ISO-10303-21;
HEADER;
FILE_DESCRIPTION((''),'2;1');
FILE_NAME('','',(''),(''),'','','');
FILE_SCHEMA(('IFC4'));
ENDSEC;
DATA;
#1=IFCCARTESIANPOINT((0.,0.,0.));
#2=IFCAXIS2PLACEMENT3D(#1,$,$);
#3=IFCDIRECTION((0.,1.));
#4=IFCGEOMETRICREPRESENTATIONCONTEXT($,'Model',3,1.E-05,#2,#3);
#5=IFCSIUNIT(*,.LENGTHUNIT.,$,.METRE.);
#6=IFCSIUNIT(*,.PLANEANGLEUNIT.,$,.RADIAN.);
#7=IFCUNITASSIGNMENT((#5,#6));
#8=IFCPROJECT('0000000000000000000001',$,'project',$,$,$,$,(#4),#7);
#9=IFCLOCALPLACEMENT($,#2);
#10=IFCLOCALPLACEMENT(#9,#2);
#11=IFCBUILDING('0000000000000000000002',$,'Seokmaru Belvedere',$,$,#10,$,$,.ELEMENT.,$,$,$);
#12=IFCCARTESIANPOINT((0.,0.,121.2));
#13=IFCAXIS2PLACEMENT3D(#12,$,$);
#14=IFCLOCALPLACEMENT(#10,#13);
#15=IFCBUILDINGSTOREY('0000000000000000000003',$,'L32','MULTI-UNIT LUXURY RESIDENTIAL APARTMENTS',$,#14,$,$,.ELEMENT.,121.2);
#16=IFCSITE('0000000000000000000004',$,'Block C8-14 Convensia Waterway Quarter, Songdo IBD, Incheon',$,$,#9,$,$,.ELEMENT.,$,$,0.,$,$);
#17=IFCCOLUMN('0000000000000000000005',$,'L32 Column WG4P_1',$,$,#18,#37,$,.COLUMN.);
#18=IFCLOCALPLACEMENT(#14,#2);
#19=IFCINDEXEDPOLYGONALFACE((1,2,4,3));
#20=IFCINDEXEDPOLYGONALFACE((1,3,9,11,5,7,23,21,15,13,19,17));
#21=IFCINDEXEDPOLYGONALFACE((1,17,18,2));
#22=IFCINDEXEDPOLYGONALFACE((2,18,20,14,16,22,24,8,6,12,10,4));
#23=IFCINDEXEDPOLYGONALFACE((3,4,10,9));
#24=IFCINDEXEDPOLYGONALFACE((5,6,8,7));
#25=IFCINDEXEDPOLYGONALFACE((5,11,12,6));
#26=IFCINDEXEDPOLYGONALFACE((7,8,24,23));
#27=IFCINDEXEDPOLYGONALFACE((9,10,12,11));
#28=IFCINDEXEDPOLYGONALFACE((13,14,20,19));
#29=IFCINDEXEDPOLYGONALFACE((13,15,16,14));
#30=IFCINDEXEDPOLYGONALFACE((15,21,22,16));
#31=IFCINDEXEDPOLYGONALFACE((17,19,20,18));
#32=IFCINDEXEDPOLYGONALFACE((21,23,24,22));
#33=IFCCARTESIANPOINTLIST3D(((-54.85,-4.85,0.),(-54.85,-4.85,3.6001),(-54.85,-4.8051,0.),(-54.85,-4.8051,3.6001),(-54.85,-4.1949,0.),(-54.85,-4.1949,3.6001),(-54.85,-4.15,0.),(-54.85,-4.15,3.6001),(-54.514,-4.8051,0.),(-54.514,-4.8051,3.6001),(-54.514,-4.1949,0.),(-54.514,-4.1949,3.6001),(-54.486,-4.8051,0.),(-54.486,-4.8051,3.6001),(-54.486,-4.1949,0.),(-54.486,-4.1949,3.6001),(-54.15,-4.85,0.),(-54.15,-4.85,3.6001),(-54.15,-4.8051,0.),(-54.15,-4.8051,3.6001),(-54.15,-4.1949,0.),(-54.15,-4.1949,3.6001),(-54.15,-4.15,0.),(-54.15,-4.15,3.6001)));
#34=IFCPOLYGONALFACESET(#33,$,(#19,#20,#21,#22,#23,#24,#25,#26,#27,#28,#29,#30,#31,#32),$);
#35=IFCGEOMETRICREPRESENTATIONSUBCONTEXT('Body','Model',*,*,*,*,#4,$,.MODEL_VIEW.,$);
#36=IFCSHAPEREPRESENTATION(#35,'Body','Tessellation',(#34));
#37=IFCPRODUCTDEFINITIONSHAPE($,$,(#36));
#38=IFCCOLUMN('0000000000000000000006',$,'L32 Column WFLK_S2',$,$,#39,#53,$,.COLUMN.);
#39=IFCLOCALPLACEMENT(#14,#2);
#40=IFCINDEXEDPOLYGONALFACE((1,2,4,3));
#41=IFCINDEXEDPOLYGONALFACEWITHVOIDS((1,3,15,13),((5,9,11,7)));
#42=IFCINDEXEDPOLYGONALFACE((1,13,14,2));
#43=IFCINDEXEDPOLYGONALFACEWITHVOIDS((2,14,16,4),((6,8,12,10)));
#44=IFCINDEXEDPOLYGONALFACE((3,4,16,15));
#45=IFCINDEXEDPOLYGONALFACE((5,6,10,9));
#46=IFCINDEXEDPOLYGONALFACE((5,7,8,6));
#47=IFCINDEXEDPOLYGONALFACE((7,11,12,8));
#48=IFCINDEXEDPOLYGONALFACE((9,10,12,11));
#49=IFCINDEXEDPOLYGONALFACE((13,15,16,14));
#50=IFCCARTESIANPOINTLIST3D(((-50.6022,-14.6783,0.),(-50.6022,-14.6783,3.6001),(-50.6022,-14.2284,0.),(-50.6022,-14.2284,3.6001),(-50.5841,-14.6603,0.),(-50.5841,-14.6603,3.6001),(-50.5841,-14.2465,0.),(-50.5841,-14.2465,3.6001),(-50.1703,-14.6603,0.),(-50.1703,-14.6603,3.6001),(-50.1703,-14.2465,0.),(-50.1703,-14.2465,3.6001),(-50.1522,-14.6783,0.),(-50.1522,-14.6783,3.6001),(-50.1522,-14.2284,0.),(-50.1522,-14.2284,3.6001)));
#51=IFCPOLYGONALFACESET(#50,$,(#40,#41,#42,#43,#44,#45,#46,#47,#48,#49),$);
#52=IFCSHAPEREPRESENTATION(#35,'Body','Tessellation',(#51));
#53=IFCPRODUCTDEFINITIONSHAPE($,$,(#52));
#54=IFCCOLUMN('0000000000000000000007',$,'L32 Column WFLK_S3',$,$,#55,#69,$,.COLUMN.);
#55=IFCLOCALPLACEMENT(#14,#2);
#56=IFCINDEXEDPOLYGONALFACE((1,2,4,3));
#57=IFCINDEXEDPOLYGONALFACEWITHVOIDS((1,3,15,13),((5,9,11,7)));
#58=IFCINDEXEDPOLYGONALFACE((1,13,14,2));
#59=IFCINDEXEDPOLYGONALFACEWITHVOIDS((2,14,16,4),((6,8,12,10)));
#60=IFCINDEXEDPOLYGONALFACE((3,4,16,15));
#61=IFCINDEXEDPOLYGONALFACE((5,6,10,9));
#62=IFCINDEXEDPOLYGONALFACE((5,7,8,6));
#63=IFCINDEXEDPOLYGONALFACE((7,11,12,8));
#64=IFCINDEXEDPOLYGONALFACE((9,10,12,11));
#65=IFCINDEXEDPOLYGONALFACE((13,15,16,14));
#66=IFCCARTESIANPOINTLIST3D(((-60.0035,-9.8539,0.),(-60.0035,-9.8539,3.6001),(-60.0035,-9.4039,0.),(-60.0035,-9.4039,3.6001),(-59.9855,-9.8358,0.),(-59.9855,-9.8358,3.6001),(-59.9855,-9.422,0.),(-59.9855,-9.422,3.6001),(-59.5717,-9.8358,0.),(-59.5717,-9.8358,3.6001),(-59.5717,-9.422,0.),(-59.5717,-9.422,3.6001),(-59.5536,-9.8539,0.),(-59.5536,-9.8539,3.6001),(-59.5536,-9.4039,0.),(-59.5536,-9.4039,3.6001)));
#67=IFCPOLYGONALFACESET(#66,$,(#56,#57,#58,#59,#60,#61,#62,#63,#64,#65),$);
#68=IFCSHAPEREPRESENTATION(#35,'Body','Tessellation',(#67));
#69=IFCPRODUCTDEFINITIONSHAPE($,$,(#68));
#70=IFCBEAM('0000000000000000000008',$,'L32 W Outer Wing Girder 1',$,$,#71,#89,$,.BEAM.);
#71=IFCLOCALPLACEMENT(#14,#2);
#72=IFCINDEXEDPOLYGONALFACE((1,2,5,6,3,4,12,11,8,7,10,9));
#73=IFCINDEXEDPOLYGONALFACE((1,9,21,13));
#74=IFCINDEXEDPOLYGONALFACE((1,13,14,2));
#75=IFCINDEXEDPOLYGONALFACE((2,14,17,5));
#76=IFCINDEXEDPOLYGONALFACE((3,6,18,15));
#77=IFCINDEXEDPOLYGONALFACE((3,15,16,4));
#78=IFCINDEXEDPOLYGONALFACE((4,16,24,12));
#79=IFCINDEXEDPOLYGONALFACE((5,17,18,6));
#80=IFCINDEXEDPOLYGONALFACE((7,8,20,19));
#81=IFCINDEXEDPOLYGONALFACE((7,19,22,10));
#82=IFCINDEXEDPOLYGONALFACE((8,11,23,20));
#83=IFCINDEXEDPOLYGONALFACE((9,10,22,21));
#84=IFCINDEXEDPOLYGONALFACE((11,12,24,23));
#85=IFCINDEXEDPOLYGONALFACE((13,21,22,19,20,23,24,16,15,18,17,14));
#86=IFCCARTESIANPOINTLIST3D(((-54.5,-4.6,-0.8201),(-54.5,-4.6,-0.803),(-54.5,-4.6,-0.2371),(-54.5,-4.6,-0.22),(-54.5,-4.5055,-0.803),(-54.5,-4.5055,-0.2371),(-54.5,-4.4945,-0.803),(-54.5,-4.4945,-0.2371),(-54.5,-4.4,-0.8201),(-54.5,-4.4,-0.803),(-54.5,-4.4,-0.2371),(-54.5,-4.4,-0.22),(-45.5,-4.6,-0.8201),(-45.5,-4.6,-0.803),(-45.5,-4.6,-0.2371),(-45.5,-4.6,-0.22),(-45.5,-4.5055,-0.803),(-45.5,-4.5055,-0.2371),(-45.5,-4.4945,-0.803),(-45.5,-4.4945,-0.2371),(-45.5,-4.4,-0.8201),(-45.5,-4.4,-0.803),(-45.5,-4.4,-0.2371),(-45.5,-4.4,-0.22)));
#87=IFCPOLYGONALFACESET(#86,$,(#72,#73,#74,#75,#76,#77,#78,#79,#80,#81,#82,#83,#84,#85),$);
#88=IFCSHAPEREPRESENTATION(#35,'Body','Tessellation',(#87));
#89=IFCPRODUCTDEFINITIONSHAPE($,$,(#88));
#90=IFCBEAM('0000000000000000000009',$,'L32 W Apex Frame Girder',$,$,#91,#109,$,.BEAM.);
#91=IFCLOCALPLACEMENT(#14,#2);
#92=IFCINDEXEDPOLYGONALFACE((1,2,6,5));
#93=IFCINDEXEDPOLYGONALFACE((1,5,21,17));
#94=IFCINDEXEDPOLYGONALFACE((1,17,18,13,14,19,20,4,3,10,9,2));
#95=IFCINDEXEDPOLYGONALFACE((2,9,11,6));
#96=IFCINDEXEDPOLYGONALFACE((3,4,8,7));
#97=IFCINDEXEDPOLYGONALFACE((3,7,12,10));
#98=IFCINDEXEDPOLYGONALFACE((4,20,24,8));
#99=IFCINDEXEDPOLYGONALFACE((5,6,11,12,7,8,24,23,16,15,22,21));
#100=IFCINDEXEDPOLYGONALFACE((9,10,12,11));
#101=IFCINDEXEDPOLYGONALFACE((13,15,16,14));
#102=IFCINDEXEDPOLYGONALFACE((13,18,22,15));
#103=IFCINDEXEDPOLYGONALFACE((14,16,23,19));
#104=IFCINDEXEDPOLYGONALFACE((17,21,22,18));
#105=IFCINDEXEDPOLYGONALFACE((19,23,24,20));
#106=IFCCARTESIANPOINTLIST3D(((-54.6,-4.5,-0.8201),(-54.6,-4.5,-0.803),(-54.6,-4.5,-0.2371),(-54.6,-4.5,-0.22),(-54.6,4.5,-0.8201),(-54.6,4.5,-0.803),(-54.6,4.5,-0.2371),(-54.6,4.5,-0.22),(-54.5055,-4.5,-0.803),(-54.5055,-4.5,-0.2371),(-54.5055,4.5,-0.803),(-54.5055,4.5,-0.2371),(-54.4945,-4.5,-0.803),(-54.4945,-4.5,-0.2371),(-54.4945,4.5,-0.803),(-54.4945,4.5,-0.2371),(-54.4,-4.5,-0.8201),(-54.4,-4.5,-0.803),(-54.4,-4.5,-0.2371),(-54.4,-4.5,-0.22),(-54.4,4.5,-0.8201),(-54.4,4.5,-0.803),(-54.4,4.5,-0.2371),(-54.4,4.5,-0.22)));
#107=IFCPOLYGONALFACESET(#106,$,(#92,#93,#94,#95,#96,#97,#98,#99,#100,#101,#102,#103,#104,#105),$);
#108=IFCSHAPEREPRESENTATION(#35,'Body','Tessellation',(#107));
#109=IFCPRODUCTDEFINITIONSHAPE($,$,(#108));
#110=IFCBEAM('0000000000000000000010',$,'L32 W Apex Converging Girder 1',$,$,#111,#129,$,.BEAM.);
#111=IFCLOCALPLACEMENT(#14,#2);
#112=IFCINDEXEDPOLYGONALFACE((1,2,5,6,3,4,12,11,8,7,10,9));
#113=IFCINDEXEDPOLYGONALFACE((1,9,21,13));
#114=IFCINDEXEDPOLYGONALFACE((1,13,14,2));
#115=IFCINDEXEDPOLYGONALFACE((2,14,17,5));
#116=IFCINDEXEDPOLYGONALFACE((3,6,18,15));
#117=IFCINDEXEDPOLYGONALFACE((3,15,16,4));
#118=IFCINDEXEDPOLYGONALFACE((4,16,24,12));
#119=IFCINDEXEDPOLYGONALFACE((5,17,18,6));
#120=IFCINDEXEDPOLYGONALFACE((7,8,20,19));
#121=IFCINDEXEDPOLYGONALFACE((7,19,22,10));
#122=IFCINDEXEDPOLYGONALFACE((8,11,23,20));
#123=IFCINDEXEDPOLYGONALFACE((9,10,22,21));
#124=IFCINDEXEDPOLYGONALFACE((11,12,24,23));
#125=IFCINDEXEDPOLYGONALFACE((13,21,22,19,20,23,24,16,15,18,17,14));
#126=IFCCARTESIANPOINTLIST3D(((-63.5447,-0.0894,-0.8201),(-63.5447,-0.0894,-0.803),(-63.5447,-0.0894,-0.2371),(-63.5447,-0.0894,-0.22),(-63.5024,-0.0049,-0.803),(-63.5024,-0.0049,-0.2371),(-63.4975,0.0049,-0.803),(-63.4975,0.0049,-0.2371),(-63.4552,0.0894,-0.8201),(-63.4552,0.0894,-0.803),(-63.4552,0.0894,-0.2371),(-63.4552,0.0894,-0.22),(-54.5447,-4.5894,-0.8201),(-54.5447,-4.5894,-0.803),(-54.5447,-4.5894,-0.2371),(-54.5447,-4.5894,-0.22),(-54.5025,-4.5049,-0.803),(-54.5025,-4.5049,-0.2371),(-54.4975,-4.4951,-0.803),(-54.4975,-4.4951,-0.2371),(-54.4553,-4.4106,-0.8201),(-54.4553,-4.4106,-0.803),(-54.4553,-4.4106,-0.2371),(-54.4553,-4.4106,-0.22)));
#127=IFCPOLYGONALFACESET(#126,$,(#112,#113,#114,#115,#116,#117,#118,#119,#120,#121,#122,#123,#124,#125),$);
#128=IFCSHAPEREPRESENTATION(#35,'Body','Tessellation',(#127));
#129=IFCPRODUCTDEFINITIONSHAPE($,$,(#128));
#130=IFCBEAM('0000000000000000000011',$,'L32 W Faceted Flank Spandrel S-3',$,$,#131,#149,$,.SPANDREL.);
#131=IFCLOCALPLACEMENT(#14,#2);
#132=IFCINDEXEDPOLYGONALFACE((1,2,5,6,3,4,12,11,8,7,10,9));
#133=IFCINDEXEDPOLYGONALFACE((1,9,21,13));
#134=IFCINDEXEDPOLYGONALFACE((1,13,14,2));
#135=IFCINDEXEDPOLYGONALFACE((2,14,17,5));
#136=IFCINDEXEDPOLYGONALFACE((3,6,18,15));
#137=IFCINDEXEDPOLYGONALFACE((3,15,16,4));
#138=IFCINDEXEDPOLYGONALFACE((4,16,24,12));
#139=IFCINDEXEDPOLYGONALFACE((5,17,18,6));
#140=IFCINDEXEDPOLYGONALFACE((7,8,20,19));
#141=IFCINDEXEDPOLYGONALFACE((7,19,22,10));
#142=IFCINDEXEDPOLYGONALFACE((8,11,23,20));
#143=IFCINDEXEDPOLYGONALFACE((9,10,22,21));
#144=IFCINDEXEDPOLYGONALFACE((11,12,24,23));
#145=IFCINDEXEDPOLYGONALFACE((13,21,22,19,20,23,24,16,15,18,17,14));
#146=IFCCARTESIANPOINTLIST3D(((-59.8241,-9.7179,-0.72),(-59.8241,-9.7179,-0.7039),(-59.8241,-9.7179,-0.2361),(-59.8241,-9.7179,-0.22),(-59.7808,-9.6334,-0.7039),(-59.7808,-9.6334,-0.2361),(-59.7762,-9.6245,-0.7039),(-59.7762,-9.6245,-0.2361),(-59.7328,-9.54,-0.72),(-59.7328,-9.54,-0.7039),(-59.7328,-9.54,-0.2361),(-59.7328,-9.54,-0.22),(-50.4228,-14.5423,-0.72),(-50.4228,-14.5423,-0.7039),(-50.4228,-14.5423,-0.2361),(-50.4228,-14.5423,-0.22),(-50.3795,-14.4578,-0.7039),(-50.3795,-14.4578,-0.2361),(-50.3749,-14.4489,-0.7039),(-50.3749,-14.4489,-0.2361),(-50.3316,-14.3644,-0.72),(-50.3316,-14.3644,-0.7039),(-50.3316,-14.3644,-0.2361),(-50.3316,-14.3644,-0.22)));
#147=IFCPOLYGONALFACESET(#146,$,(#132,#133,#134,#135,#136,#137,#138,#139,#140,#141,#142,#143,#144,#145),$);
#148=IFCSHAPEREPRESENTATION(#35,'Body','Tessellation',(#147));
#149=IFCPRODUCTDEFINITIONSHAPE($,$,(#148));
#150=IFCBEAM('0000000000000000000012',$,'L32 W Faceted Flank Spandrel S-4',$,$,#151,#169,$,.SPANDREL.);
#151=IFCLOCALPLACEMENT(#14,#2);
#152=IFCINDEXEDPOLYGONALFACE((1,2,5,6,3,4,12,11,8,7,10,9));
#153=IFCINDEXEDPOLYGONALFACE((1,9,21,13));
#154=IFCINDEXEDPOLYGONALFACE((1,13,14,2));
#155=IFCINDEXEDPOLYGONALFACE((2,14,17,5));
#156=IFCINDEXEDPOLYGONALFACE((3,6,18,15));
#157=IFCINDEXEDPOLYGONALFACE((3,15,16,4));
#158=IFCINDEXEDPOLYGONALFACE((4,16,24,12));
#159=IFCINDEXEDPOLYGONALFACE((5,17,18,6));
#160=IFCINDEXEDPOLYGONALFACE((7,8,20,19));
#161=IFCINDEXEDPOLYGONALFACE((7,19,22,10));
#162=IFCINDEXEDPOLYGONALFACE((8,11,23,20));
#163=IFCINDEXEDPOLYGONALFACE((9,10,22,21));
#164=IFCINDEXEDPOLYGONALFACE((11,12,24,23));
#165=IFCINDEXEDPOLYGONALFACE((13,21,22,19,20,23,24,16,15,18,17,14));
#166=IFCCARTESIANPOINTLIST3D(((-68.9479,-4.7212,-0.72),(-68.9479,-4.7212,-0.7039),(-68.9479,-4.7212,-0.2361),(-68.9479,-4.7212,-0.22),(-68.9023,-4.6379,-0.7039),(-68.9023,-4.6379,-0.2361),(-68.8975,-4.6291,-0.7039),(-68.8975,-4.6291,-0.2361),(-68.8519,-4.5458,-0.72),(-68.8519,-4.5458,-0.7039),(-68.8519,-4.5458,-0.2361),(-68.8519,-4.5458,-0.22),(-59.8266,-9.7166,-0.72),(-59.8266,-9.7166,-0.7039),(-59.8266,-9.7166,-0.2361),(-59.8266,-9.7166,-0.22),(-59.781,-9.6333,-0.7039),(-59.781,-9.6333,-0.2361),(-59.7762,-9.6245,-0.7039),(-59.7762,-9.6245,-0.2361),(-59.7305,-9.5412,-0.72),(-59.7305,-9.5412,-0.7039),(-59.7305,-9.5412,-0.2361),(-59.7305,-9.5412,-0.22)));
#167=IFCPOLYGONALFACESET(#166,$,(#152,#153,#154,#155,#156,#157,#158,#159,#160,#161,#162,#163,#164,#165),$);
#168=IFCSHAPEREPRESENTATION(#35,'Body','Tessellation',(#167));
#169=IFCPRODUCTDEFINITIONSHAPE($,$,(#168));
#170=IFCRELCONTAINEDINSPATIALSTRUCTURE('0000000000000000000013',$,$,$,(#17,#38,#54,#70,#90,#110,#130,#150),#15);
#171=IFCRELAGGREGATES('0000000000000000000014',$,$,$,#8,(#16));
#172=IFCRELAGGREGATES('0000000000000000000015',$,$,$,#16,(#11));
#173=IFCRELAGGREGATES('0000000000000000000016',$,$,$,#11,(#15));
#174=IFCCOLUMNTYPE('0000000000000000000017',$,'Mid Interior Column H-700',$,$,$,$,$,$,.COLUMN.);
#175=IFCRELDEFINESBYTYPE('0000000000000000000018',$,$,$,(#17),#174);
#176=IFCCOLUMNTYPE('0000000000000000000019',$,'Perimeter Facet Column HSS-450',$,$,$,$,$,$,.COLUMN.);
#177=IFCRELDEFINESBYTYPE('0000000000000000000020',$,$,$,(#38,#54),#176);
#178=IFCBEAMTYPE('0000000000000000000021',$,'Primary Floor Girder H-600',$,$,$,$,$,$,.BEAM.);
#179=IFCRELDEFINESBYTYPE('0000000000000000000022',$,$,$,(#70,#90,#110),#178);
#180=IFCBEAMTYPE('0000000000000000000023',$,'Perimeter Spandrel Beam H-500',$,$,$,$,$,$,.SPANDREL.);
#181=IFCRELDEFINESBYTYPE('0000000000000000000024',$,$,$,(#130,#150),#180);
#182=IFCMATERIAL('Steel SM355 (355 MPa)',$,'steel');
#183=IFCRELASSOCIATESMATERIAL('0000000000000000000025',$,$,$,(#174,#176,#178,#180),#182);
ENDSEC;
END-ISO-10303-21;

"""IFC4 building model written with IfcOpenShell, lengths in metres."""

from ifc_helpers import new_model, si_unit, direction, frame, origin, origin_2d, place, context, subcontext, project, spatial, hollow_rectangle, i_section, extrude, source, transform, mapped, material, material_profile, profile_set, type_object, type_shapes, element, save


model = new_model("IFC4")

# Units and contexts
model_context = context("Model", 3, precision=1e-05, world=origin(), true_north=direction((0.0, 1.0)))
body_context = subcontext(model_context, "Body", "Model", "MODEL_VIEW")
ifc_project = project(units=[si_unit("LENGTHUNIT", "METRE"), si_unit("PLANEANGLEUNIT", "RADIAN")], contexts=[model_context])

# Site, building, storey
site_placement = place(None, origin())
site = spatial("IfcSite", under=ifc_project, at=site_placement, Name="Block C8-14 Convensia Waterway Quarter, Songdo IBD, Incheon", CompositionType="ELEMENT", RefElevation=0.0)
building_placement = place(site_placement, origin())
building = spatial("IfcBuilding", under=site, at=building_placement, Name="Seokmaru Belvedere", CompositionType="ELEMENT")
storey_placement = place(building_placement, frame((0.0, 0.0, 121.2)))
storey = spatial("IfcBuildingStorey", under=building, at=storey_placement, Name="L32", Description="MULTI-UNIT LUXURY RESIDENTIAL APARTMENTS", CompositionType="ELEMENT", Elevation=121.2)

# Columns
ifc_material_1 = material(Name="Steel SM355 (355 MPa)", Category="steel")
ifc_material_profile_1 = material_profile(ifc_material_1, i_section(OverallWidth=0.7, OverallDepth=0.7, WebThickness=0.0281, FlangeThickness=0.0449, at=origin_2d()), Name="H-700x700x28x45")
ifc_profile_set_1 = profile_set([ifc_material_profile_1], Name="Steel SM355 (355 MPa)")
column_type_1 = type_object("IfcColumnType", Name="Mid Interior Column H-700", PredefinedType="COLUMN", material=ifc_profile_set_1)
shared_shape_1 = source(origin(), body_context, "Body", "SweptSolid", [
    extrude(i_section(OverallWidth=0.7, OverallDepth=0.7, WebThickness=0.0281, FlangeThickness=0.0449, at=origin_2d()), origin(), (0.0, 0.0, 1.0), 3.6001),
])
type_shapes(column_type_1, [shared_shape_1])
column_placement = place(storey_placement, frame((-54.5, -4.5, 0.0), z_axis=(0.0, 0.0, 1.0), x_axis=(1.0, 0.0, 0.0)))
element("IfcColumn", 1, at=column_placement, inside=storey, type_object=column_type_1, Name="L32 Column WG4P_1", PredefinedType="COLUMN", context=body_context, shape_type="MappedRepresentation", body=[
    mapped(shared_shape_1, transform((0.0, 0.0, 0.0), scale=1.0)),
])
ifc_material_profile_2 = material_profile(ifc_material_1, hollow_rectangle(XDim=0.45, YDim=0.45, WallThickness=0.0181, at=origin_2d()), Name="HSS-450x450x18")
ifc_profile_set_2 = profile_set([ifc_material_profile_2], Name="Steel SM355 (355 MPa)")
column_type_2 = type_object("IfcColumnType", Name="Perimeter Facet Column HSS-450", PredefinedType="COLUMN", material=ifc_profile_set_2)
shared_shape_2 = source(origin(), body_context, "Body", "SweptSolid", [
    extrude(hollow_rectangle(XDim=0.45, YDim=0.45, WallThickness=0.0181, at=origin_2d()), origin(), (0.0, 0.0, 1.0), 3.6001),
])
type_shapes(column_type_2, [shared_shape_2])
for number, where, z_axis, x_axis, name in (
    (2, (-50.3772, -14.4534, 0.0), (0.0, 0.0, 1.0), (1.0, 0.0, 0.0), "L32 Column WFLK_S2"),
    (3, (-59.7786, -9.6289, 0.0), (0.0, 0.0, 1.0), (1.0, 0.0, 0.0), "L32 Column WFLK_S3"),
):
    element("IfcColumn", number, at=place(storey_placement, frame(where, z_axis=z_axis, x_axis=x_axis)), inside=storey, type_object=column_type_2, Name=name, PredefinedType="COLUMN", context=body_context, shape_type="MappedRepresentation", body=[
        mapped(shared_shape_2, transform((0.0, 0.0, 0.0), scale=1.0)),
    ])

# Beams
ifc_material_profile_3 = material_profile(ifc_material_1, i_section(OverallWidth=0.2, OverallDepth=0.6001, WebThickness=0.011, FlangeThickness=0.0171, at=origin_2d()), Name="H-600x200x11x17")
ifc_profile_set_3 = profile_set([ifc_material_profile_3], Name="Steel SM355 (355 MPa)")
beam_type_1 = type_object("IfcBeamType", Name="Primary Floor Girder H-600", PredefinedType="BEAM", material=ifc_profile_set_3)
shared_shape_3 = source(origin(), body_context, "Body", "SweptSolid", [
    extrude(i_section(OverallWidth=0.2, OverallDepth=0.6001, WebThickness=0.011, FlangeThickness=0.0171, at=origin_2d()), origin(), (0.0, 0.0, 1.0), 9.0),
])
for number, where, z_axis, x_axis, name in (
    (4, (-54.5, -4.5, -0.52), (1.0, 0.0, 0.0), (0.0, 1.0, 0.0), "L32 W Outer Wing Girder 1"),
    (5, (-54.5, -4.5, -0.52), (0.0, 1.0, 0.0), (-1.0, 0.0, 0.0), "L32 W Apex Frame Girder"),
):
    element("IfcBeam", number, at=place(storey_placement, frame(where, z_axis=z_axis, x_axis=x_axis)), inside=storey, type_object=beam_type_1, Name=name, PredefinedType="BEAM", context=body_context, shape_type="MappedRepresentation", body=[
        mapped(shared_shape_3, transform((0.0, 0.0, 0.0), scale=1.0)),
    ])
shared_shape_4 = source(origin(), body_context, "Body", "SweptSolid", [
    extrude(i_section(OverallWidth=0.2, OverallDepth=0.6001, WebThickness=0.011, FlangeThickness=0.0171, at=origin_2d()), origin(), (0.0, 0.0, 1.0), 10.0623),
])
beam_1_placement = place(storey_placement, frame((-54.5, -4.5, -0.52), z_axis=(-0.894427, 0.447214, 0.0), x_axis=(-0.447214, -0.894427, 0.0)))
element("IfcBeam", 6, at=beam_1_placement, inside=storey, type_object=beam_type_1, Name="L32 W Apex Converging Girder 1", PredefinedType="BEAM", context=body_context, shape_type="MappedRepresentation", body=[
    mapped(shared_shape_4, transform((0.0, 0.0, 0.0), scale=1.0)),
])
ifc_material_profile_4 = material_profile(ifc_material_1, i_section(OverallWidth=0.2, OverallDepth=0.5, WebThickness=0.01, FlangeThickness=0.0161, at=origin_2d()), Name="H-500x200x10x16")
ifc_profile_set_4 = profile_set([ifc_material_profile_4], Name="Steel SM355 (355 MPa)")
beam_type_2 = type_object("IfcBeamType", Name="Perimeter Spandrel Beam H-500", PredefinedType="SPANDREL", material=ifc_profile_set_4)
shared_shape_5 = source(origin(), body_context, "Body", "SweptSolid", [
    extrude(i_section(OverallWidth=0.2, OverallDepth=0.5, WebThickness=0.01, FlangeThickness=0.0161, at=origin_2d()), origin(), (0.0, 0.0, 1.0), 10.5669),
])
beam_2_placement = place(storey_placement, frame((-50.3772, -14.4534, -0.47), z_axis=(-0.889693, 0.45656, 0.0), x_axis=(-0.45656, -0.889693, 0.0)))
element("IfcBeam", 7, at=beam_2_placement, inside=storey, type_object=beam_type_2, Name="L32 W Faceted Flank Spandrel S-3", PredefinedType="SPANDREL", context=body_context, shape_type="MappedRepresentation", body=[
    mapped(shared_shape_5, transform((0.0, 0.0, 0.0), scale=1.0)),
])
shared_shape_6 = source(origin(), body_context, "Body", "SweptSolid", [
    extrude(i_section(OverallWidth=0.2, OverallDepth=0.5, WebThickness=0.01, FlangeThickness=0.0161, at=origin_2d()), origin(), (0.0, 0.0, 1.0), 10.3997),
])
type_shapes(beam_type_2, [shared_shape_5, shared_shape_6])
beam_3_placement = place(storey_placement, frame((-59.7786, -9.6289, -0.47), z_axis=(-0.877082, 0.48034, 0.0), x_axis=(-0.48034, -0.877082, 0.0)))
element("IfcBeam", 8, at=beam_3_placement, inside=storey, type_object=beam_type_2, Name="L32 W Faceted Flank Spandrel S-4", PredefinedType="SPANDREL", context=body_context, shape_type="MappedRepresentation", body=[
    mapped(shared_shape_6, transform((0.0, 0.0, 0.0), scale=1.0)),
])

save(model, "model.ifc")
